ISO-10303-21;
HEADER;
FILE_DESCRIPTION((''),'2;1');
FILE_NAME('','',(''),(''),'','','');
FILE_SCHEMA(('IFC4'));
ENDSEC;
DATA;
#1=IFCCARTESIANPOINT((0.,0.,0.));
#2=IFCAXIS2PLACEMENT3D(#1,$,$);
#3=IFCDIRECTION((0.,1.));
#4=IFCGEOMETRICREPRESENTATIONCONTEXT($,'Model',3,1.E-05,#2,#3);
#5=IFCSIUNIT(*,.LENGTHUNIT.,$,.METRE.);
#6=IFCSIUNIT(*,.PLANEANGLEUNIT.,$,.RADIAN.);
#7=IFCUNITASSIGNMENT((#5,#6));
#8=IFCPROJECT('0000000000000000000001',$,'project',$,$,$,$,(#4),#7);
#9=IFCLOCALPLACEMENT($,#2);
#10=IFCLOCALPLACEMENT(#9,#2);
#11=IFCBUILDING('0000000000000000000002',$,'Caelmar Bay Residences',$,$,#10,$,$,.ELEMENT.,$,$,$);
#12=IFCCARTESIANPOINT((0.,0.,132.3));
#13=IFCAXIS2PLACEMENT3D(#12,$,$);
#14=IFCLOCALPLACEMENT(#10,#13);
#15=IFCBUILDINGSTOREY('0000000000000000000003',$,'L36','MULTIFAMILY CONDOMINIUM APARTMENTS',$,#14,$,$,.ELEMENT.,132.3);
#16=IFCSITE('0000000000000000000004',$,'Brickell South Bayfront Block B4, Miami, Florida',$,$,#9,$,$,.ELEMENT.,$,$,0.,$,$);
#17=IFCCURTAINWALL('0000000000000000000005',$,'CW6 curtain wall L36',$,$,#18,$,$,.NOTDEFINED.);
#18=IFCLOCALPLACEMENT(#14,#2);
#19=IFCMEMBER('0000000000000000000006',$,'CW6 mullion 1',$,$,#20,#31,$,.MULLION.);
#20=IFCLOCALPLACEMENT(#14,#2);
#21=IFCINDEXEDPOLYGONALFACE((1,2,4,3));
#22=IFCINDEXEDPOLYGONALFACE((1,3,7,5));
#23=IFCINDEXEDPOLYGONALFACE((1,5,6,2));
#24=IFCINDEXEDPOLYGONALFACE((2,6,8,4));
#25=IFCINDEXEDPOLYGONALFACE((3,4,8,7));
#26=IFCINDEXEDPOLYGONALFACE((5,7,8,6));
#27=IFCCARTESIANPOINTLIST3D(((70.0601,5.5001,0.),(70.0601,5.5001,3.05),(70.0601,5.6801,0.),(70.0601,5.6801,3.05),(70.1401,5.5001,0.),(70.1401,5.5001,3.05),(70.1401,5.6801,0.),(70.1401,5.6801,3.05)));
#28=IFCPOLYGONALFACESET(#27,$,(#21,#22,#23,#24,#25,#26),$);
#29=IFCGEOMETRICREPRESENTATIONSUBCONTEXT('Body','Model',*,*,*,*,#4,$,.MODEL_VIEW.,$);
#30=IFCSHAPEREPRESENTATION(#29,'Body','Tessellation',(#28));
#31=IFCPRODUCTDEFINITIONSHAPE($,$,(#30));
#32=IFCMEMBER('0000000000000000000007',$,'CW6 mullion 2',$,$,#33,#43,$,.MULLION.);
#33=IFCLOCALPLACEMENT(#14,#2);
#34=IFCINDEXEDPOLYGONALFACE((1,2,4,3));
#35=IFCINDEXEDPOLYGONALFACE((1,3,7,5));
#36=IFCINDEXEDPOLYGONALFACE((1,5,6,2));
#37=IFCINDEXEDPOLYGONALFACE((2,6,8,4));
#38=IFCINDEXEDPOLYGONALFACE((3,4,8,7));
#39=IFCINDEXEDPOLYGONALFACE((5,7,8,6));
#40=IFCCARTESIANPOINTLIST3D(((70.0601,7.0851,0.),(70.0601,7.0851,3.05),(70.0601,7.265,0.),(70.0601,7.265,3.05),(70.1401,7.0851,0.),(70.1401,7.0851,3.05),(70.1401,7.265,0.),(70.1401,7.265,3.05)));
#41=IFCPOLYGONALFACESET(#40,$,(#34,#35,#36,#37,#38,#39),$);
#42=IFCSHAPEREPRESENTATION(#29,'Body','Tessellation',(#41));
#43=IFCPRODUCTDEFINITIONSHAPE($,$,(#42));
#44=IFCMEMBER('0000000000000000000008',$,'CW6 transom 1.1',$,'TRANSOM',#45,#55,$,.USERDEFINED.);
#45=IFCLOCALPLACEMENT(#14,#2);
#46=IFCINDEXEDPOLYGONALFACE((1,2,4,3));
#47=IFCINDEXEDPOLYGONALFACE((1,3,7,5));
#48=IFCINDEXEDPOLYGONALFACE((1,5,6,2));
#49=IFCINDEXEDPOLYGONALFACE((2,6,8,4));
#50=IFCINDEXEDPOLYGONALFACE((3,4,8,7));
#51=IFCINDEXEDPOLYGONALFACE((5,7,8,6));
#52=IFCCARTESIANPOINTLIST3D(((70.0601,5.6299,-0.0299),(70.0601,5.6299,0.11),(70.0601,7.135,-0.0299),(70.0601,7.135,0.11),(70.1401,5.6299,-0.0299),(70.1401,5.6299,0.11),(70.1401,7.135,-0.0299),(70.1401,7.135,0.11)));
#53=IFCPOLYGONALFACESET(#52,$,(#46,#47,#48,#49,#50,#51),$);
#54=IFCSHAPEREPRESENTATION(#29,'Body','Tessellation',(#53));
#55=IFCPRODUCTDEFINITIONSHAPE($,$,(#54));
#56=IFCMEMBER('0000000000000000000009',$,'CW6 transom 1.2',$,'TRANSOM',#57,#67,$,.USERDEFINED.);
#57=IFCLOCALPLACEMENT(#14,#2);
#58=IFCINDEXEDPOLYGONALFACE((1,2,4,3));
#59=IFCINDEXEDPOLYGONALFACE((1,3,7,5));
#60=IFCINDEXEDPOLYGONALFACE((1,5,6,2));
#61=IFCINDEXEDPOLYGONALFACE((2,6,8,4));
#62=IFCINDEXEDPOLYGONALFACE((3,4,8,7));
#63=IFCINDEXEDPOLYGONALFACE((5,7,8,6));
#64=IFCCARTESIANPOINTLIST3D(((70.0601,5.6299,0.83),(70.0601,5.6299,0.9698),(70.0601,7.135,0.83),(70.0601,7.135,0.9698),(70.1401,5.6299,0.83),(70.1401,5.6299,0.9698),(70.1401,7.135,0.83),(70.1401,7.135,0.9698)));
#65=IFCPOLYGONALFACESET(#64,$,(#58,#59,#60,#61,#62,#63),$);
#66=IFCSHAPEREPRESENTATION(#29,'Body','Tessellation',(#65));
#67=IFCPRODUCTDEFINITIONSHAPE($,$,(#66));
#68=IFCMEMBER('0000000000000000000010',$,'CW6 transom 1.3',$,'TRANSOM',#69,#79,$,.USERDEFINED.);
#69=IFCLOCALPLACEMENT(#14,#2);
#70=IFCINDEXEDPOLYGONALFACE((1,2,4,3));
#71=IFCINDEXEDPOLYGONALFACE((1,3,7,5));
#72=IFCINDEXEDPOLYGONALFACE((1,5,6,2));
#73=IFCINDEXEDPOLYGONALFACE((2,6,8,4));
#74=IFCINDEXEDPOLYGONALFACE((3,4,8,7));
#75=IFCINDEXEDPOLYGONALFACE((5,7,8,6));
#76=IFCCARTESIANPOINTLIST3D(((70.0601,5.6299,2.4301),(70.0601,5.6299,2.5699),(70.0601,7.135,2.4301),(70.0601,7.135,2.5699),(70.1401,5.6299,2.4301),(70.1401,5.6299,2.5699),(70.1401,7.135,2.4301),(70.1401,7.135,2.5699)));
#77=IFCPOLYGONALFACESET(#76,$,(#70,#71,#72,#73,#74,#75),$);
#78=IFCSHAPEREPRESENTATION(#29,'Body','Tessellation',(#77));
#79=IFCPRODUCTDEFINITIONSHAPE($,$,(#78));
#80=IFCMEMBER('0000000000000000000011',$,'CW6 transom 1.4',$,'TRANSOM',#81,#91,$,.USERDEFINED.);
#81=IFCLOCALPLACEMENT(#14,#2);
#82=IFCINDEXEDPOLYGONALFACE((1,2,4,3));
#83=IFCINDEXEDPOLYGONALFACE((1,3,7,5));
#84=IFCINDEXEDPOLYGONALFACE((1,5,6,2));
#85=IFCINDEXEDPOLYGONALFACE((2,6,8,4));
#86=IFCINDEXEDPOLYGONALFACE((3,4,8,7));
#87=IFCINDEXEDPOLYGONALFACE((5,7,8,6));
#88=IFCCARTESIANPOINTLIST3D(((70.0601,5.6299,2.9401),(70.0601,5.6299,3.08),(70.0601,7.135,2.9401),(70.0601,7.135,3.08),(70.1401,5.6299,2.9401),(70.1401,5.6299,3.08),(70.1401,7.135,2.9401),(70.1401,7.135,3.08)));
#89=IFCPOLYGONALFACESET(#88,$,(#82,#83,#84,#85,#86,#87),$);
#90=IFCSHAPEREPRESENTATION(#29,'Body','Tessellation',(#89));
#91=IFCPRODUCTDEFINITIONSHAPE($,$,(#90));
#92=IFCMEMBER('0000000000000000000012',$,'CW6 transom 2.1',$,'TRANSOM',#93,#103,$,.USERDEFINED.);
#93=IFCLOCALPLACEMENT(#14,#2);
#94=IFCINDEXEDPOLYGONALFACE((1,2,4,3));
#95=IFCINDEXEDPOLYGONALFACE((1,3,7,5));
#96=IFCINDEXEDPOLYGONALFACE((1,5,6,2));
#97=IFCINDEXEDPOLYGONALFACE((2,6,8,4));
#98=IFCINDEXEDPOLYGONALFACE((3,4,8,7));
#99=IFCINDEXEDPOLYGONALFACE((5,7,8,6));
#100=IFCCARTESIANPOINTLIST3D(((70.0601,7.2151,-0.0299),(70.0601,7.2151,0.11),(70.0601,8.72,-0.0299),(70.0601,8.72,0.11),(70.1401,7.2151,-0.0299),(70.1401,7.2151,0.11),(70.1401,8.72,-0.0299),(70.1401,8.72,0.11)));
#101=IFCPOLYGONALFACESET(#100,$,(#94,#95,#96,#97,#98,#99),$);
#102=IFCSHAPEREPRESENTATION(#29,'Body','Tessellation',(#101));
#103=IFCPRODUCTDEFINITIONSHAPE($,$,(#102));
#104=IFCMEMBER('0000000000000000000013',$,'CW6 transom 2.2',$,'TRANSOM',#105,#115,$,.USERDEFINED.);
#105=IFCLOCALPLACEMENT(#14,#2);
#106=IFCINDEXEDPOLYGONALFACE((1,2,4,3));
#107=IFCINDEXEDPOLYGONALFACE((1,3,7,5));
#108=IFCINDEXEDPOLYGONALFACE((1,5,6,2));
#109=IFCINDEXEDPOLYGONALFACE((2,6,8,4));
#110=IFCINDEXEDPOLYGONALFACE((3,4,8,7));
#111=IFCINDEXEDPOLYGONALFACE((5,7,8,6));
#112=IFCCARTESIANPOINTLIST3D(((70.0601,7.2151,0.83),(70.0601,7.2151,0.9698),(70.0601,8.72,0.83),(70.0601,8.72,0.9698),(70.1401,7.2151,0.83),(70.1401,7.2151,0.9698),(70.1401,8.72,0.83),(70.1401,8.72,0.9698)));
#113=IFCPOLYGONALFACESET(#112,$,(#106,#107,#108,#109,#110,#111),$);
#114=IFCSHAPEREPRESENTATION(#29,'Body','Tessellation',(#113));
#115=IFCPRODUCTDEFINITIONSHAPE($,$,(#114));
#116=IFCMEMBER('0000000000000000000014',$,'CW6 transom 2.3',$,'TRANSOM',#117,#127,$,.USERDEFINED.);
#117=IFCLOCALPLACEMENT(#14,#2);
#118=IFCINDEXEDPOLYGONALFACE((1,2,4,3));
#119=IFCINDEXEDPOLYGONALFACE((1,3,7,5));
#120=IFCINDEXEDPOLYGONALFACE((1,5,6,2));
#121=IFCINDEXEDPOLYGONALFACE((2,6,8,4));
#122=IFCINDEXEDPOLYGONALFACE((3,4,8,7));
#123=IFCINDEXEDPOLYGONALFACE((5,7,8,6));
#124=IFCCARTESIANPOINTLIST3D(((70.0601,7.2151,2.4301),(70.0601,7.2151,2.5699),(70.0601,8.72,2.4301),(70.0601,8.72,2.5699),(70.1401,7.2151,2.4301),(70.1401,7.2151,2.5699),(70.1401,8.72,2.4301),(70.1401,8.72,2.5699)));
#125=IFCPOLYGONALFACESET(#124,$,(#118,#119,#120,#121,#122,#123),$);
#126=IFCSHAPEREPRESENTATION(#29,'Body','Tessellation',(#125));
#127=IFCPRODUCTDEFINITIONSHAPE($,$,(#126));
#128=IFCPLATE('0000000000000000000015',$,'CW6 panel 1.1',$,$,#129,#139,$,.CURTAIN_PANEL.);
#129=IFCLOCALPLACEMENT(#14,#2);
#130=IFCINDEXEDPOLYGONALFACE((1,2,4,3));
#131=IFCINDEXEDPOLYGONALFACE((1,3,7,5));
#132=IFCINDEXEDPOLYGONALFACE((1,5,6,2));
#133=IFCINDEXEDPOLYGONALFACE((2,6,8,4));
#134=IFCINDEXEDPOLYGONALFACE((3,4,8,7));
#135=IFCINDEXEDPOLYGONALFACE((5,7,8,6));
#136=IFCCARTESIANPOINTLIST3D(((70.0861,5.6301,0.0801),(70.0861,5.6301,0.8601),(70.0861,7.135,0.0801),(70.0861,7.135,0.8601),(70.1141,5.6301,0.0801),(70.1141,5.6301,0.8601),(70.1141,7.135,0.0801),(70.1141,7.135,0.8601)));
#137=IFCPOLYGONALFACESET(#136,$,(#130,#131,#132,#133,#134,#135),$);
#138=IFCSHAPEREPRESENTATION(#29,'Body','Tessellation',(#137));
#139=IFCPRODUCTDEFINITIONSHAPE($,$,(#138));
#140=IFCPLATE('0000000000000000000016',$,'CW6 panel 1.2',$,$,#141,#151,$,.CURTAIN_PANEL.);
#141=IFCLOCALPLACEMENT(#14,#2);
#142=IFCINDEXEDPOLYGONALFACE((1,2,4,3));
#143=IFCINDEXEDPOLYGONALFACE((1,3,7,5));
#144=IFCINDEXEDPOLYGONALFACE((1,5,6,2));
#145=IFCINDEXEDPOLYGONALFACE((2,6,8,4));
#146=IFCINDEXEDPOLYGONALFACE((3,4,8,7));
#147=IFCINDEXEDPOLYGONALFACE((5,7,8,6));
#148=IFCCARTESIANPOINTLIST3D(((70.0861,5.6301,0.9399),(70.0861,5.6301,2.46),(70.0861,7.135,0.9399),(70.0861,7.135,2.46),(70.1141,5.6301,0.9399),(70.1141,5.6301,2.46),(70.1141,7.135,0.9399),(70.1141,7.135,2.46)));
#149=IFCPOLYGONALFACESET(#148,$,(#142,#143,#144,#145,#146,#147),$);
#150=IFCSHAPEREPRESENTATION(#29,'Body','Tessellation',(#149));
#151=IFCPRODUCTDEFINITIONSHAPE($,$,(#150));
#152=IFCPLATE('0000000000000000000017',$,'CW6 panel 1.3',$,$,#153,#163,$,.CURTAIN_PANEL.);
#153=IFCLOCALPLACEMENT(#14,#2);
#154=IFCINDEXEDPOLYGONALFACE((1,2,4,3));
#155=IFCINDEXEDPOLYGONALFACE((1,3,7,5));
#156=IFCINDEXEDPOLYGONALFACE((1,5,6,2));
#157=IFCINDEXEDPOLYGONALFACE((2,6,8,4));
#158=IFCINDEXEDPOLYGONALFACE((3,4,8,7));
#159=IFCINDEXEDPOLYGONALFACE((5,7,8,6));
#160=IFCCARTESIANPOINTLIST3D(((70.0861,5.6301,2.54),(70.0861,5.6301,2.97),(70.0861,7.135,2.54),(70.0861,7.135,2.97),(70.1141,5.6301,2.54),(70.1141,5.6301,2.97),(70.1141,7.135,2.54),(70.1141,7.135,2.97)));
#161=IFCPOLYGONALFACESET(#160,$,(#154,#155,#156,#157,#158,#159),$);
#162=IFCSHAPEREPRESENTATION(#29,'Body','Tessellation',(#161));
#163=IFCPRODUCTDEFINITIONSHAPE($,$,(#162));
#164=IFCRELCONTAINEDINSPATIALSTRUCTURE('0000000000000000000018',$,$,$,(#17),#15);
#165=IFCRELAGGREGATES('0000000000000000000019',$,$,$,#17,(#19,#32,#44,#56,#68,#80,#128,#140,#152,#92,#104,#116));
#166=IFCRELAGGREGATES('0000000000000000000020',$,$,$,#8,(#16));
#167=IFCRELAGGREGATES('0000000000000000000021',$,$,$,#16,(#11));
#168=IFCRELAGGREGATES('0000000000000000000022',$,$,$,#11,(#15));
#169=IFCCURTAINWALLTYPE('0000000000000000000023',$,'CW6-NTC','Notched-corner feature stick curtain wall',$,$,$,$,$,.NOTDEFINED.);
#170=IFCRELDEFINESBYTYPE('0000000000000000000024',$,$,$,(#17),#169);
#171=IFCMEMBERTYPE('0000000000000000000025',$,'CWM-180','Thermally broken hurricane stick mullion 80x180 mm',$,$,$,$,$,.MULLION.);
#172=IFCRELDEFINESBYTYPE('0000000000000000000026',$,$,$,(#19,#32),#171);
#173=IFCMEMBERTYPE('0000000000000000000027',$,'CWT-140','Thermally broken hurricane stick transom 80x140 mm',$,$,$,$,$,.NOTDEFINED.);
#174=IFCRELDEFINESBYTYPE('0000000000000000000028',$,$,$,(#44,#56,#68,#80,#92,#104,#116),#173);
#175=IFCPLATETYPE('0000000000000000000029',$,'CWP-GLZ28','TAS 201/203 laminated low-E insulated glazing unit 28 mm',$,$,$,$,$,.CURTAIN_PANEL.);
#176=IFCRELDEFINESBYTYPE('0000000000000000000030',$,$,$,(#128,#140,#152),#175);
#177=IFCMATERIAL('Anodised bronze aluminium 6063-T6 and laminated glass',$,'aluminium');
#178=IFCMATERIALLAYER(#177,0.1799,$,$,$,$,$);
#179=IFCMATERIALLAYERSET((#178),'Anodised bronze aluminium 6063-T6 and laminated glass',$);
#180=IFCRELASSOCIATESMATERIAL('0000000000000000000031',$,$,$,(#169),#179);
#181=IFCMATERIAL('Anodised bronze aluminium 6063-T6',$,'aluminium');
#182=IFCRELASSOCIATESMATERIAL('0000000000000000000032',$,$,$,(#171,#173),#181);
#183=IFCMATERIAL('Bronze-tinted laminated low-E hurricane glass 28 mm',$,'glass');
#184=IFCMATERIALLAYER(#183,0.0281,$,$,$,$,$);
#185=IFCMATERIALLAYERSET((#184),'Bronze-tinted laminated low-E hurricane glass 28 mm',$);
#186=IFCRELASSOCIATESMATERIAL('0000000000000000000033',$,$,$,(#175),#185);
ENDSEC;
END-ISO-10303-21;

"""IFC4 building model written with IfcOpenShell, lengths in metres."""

from ifc_helpers import new_model, si_unit, direction, frame, origin, origin_2d, place, context, subcontext, project, spatial, rectangle, extrude, material, layer, layer_set, material_profile, profile_set, type_object, element, aggregate, save


model = new_model("IFC4")

# Units and contexts
model_context = context("Model", 3, precision=1e-05, world=origin(), true_north=direction((0.0, 1.0)))
body_context = subcontext(model_context, "Body", "Model", "MODEL_VIEW")
ifc_project = project(units=[si_unit("LENGTHUNIT", "METRE"), si_unit("PLANEANGLEUNIT", "RADIAN")], contexts=[model_context])

# Site, building, storey
site_placement = place(None, origin())
site = spatial("IfcSite", under=ifc_project, at=site_placement, Name="Brickell South Bayfront Block B4, Miami, Florida", CompositionType="ELEMENT", RefElevation=0.0)
building_placement = place(site_placement, origin())
building = spatial("IfcBuilding", under=site, at=building_placement, Name="Caelmar Bay Residences", CompositionType="ELEMENT")
storey_placement = place(building_placement, frame((0.0, 0.0, 132.3)))
storey = spatial("IfcBuildingStorey", under=building, at=storey_placement, Name="L36", Description="MULTIFAMILY CONDOMINIUM APARTMENTS", CompositionType="ELEMENT", Elevation=132.3)

# Curtain wall, members, plates
ifc_material_1 = material(Name="Anodised bronze aluminium 6063-T6 and laminated glass", Category="aluminium")
ifc_layer_1 = layer(ifc_material_1, 0.1799)
ifc_layer_set_1 = layer_set([ifc_layer_1], Name="Anodised bronze aluminium 6063-T6 and laminated glass")
curtain_wall_type = type_object("IfcCurtainWallType", Name="CW6-NTC", Description="Notched-corner feature stick curtain wall", PredefinedType="NOTDEFINED", material=ifc_layer_set_1)
curtain_wall_placement = place(storey_placement, origin())
curtain_wall = element("IfcCurtainWall", 1, at=curtain_wall_placement, inside=storey, type_object=curtain_wall_type, Name="CW6 curtain wall L36", PredefinedType="NOTDEFINED")
ifc_material_2 = material(Name="Anodised bronze aluminium 6063-T6", Category="aluminium")
ifc_material_profile_1 = material_profile(ifc_material_2, rectangle(XDim=0.0801, YDim=0.1799, at=origin_2d()), Name="CWM-80X180")
ifc_profile_set_1 = profile_set([ifc_material_profile_1], Name="Anodised bronze aluminium 6063-T6")
member_type_1 = type_object("IfcMemberType", Name="CWM-180", Description="Thermally broken hurricane stick mullion 80x180 mm", PredefinedType="MULLION", material=ifc_profile_set_1)
member_1_placement = place(storey_placement, frame((70.1001, 5.5901, 0.0), z_axis=(0.0, 0.0, 1.0), x_axis=(-1.0, 0.0, 0.0)))
member_1 = element("IfcMember", 2, at=member_1_placement, type_object=member_type_1, Name="CW6 mullion 1", PredefinedType="MULLION", context=body_context, shape_type="SweptSolid", body=[
    extrude(rectangle(XDim=0.0801, YDim=0.1799, at=origin_2d()), origin(), (0.0, 0.0, 1.0), 3.05),
])
member_2_placement = place(storey_placement, frame((70.1001, 7.175, 0.0), z_axis=(0.0, 0.0, 1.0), x_axis=(-1.0, 0.0, 0.0)))
member_2 = element("IfcMember", 3, at=member_2_placement, type_object=member_type_1, Name="CW6 mullion 2", PredefinedType="MULLION", context=body_context, shape_type="SweptSolid", body=[
    extrude(rectangle(XDim=0.0801, YDim=0.1799, at=origin_2d()), origin(), (0.0, 0.0, 1.0), 3.05),
])
ifc_material_profile_2 = material_profile(ifc_material_2, rectangle(XDim=0.0801, YDim=0.1399, at=origin_2d()), Name="CWT-80X140")
ifc_profile_set_2 = profile_set([ifc_material_profile_2], Name="Anodised bronze aluminium 6063-T6")
member_type_2 = type_object("IfcMemberType", Name="CWT-140", Description="Thermally broken hurricane stick transom 80x140 mm", PredefinedType="NOTDEFINED", material=ifc_profile_set_2)
member_3_placement = place(storey_placement, frame((70.1001, 5.6299, 0.04), z_axis=(0.0, 1.0, 0.0), x_axis=(-1.0, 0.0, 0.0)))
member_3 = element("IfcMember", 4, at=member_3_placement, type_object=member_type_2, Name="CW6 transom 1.1", ObjectType="TRANSOM", PredefinedType="USERDEFINED", context=body_context, shape_type="SweptSolid", body=[
    extrude(rectangle(XDim=0.0801, YDim=0.1399, at=origin_2d()), origin(), (0.0, 0.0, 1.0), 1.5051),
])
member_4_placement = place(storey_placement, frame((70.1001, 5.6299, 0.8999), z_axis=(0.0, 1.0, 0.0), x_axis=(-1.0, 0.0, 0.0)))
member_4 = element("IfcMember", 5, at=member_4_placement, type_object=member_type_2, Name="CW6 transom 1.2", ObjectType="TRANSOM", PredefinedType="USERDEFINED", context=body_context, shape_type="SweptSolid", body=[
    extrude(rectangle(XDim=0.0801, YDim=0.1399, at=origin_2d()), origin(), (0.0, 0.0, 1.0), 1.5051),
])
member_5_placement = place(storey_placement, frame((70.1001, 5.6299, 2.5), z_axis=(0.0, 1.0, 0.0), x_axis=(-1.0, 0.0, 0.0)))
member_5 = element("IfcMember", 6, at=member_5_placement, type_object=member_type_2, Name="CW6 transom 1.3", ObjectType="TRANSOM", PredefinedType="USERDEFINED", context=body_context, shape_type="SweptSolid", body=[
    extrude(rectangle(XDim=0.0801, YDim=0.1399, at=origin_2d()), origin(), (0.0, 0.0, 1.0), 1.5051),
])
member_6_placement = place(storey_placement, frame((70.1001, 5.6299, 3.01), z_axis=(0.0, 1.0, 0.0), x_axis=(-1.0, 0.0, 0.0)))
member_6 = element("IfcMember", 7, at=member_6_placement, type_object=member_type_2, Name="CW6 transom 1.4", ObjectType="TRANSOM", PredefinedType="USERDEFINED", context=body_context, shape_type="SweptSolid", body=[
    extrude(rectangle(XDim=0.0801, YDim=0.1399, at=origin_2d()), origin(), (0.0, 0.0, 1.0), 1.5051),
])
member_7_placement = place(storey_placement, frame((70.1001, 7.2151, 0.04), z_axis=(0.0, 1.0, 0.0), x_axis=(-1.0, 0.0, 0.0)))
member_7 = element("IfcMember", 8, at=member_7_placement, type_object=member_type_2, Name="CW6 transom 2.1", ObjectType="TRANSOM", PredefinedType="USERDEFINED", context=body_context, shape_type="SweptSolid", body=[
    extrude(rectangle(XDim=0.0801, YDim=0.1399, at=origin_2d()), origin(), (0.0, 0.0, 1.0), 1.5049),
])
member_8_placement = place(storey_placement, frame((70.1001, 7.2151, 0.8999), z_axis=(0.0, 1.0, 0.0), x_axis=(-1.0, 0.0, 0.0)))
member_8 = element("IfcMember", 9, at=member_8_placement, type_object=member_type_2, Name="CW6 transom 2.2", ObjectType="TRANSOM", PredefinedType="USERDEFINED", context=body_context, shape_type="SweptSolid", body=[
    extrude(rectangle(XDim=0.0801, YDim=0.1399, at=origin_2d()), origin(), (0.0, 0.0, 1.0), 1.5049),
])
member_9_placement = place(storey_placement, frame((70.1001, 7.2151, 2.5), z_axis=(0.0, 1.0, 0.0), x_axis=(-1.0, 0.0, 0.0)))
member_9 = element("IfcMember", 10, at=member_9_placement, type_object=member_type_2, Name="CW6 transom 2.3", ObjectType="TRANSOM", PredefinedType="USERDEFINED", context=body_context, shape_type="SweptSolid", body=[
    extrude(rectangle(XDim=0.0801, YDim=0.1399, at=origin_2d()), origin(), (0.0, 0.0, 1.0), 1.5049),
])
ifc_material_3 = material(Name="Bronze-tinted laminated low-E hurricane glass 28 mm", Category="glass")
ifc_layer_2 = layer(ifc_material_3, 0.0281)
ifc_layer_set_2 = layer_set([ifc_layer_2], Name="Bronze-tinted laminated low-E hurricane glass 28 mm")
plate_type = type_object("IfcPlateType", Name="CWP-GLZ28", Description="TAS 201/203 laminated low-E insulated glazing unit 28 mm", PredefinedType="CURTAIN_PANEL", material=ifc_layer_set_2)
plate_1_placement = place(storey_placement, frame((70.1001, 6.3826, 0.0801), z_axis=(0.0, 0.0, 1.0), x_axis=(0.0, 1.0, 0.0)))
plate_1 = element("IfcPlate", 11, at=plate_1_placement, type_object=plate_type, Name="CW6 panel 1.1", PredefinedType="CURTAIN_PANEL", context=body_context, shape_type="SweptSolid", body=[
    extrude(rectangle(XDim=1.5049, YDim=0.0281, at=origin_2d()), origin(), (0.0, 0.0, 1.0), 0.78),
])
plate_2_placement = place(storey_placement, frame((70.1001, 6.3826, 0.9399), z_axis=(0.0, 0.0, 1.0), x_axis=(0.0, 1.0, 0.0)))
plate_2 = element("IfcPlate", 12, at=plate_2_placement, type_object=plate_type, Name="CW6 panel 1.2", PredefinedType="CURTAIN_PANEL", context=body_context, shape_type="SweptSolid", body=[
    extrude(rectangle(XDim=1.5049, YDim=0.0281, at=origin_2d()), origin(), (0.0, 0.0, 1.0), 1.52),
])
plate_3_placement = place(storey_placement, frame((70.1001, 6.3826, 2.54), z_axis=(0.0, 0.0, 1.0), x_axis=(0.0, 1.0, 0.0)))
plate_3 = element("IfcPlate", 13, at=plate_3_placement, type_object=plate_type, Name="CW6 panel 1.3", PredefinedType="CURTAIN_PANEL", context=body_context, shape_type="SweptSolid", body=[
    extrude(rectangle(XDim=1.5049, YDim=0.0281, at=origin_2d()), origin(), (0.0, 0.0, 1.0), 0.4299),
])
aggregate(curtain_wall, [member_1, member_2, member_3, member_4, member_5, member_6, plate_1, plate_2, plate_3, member_7, member_8, member_9])

save(model, "model.ifc")
